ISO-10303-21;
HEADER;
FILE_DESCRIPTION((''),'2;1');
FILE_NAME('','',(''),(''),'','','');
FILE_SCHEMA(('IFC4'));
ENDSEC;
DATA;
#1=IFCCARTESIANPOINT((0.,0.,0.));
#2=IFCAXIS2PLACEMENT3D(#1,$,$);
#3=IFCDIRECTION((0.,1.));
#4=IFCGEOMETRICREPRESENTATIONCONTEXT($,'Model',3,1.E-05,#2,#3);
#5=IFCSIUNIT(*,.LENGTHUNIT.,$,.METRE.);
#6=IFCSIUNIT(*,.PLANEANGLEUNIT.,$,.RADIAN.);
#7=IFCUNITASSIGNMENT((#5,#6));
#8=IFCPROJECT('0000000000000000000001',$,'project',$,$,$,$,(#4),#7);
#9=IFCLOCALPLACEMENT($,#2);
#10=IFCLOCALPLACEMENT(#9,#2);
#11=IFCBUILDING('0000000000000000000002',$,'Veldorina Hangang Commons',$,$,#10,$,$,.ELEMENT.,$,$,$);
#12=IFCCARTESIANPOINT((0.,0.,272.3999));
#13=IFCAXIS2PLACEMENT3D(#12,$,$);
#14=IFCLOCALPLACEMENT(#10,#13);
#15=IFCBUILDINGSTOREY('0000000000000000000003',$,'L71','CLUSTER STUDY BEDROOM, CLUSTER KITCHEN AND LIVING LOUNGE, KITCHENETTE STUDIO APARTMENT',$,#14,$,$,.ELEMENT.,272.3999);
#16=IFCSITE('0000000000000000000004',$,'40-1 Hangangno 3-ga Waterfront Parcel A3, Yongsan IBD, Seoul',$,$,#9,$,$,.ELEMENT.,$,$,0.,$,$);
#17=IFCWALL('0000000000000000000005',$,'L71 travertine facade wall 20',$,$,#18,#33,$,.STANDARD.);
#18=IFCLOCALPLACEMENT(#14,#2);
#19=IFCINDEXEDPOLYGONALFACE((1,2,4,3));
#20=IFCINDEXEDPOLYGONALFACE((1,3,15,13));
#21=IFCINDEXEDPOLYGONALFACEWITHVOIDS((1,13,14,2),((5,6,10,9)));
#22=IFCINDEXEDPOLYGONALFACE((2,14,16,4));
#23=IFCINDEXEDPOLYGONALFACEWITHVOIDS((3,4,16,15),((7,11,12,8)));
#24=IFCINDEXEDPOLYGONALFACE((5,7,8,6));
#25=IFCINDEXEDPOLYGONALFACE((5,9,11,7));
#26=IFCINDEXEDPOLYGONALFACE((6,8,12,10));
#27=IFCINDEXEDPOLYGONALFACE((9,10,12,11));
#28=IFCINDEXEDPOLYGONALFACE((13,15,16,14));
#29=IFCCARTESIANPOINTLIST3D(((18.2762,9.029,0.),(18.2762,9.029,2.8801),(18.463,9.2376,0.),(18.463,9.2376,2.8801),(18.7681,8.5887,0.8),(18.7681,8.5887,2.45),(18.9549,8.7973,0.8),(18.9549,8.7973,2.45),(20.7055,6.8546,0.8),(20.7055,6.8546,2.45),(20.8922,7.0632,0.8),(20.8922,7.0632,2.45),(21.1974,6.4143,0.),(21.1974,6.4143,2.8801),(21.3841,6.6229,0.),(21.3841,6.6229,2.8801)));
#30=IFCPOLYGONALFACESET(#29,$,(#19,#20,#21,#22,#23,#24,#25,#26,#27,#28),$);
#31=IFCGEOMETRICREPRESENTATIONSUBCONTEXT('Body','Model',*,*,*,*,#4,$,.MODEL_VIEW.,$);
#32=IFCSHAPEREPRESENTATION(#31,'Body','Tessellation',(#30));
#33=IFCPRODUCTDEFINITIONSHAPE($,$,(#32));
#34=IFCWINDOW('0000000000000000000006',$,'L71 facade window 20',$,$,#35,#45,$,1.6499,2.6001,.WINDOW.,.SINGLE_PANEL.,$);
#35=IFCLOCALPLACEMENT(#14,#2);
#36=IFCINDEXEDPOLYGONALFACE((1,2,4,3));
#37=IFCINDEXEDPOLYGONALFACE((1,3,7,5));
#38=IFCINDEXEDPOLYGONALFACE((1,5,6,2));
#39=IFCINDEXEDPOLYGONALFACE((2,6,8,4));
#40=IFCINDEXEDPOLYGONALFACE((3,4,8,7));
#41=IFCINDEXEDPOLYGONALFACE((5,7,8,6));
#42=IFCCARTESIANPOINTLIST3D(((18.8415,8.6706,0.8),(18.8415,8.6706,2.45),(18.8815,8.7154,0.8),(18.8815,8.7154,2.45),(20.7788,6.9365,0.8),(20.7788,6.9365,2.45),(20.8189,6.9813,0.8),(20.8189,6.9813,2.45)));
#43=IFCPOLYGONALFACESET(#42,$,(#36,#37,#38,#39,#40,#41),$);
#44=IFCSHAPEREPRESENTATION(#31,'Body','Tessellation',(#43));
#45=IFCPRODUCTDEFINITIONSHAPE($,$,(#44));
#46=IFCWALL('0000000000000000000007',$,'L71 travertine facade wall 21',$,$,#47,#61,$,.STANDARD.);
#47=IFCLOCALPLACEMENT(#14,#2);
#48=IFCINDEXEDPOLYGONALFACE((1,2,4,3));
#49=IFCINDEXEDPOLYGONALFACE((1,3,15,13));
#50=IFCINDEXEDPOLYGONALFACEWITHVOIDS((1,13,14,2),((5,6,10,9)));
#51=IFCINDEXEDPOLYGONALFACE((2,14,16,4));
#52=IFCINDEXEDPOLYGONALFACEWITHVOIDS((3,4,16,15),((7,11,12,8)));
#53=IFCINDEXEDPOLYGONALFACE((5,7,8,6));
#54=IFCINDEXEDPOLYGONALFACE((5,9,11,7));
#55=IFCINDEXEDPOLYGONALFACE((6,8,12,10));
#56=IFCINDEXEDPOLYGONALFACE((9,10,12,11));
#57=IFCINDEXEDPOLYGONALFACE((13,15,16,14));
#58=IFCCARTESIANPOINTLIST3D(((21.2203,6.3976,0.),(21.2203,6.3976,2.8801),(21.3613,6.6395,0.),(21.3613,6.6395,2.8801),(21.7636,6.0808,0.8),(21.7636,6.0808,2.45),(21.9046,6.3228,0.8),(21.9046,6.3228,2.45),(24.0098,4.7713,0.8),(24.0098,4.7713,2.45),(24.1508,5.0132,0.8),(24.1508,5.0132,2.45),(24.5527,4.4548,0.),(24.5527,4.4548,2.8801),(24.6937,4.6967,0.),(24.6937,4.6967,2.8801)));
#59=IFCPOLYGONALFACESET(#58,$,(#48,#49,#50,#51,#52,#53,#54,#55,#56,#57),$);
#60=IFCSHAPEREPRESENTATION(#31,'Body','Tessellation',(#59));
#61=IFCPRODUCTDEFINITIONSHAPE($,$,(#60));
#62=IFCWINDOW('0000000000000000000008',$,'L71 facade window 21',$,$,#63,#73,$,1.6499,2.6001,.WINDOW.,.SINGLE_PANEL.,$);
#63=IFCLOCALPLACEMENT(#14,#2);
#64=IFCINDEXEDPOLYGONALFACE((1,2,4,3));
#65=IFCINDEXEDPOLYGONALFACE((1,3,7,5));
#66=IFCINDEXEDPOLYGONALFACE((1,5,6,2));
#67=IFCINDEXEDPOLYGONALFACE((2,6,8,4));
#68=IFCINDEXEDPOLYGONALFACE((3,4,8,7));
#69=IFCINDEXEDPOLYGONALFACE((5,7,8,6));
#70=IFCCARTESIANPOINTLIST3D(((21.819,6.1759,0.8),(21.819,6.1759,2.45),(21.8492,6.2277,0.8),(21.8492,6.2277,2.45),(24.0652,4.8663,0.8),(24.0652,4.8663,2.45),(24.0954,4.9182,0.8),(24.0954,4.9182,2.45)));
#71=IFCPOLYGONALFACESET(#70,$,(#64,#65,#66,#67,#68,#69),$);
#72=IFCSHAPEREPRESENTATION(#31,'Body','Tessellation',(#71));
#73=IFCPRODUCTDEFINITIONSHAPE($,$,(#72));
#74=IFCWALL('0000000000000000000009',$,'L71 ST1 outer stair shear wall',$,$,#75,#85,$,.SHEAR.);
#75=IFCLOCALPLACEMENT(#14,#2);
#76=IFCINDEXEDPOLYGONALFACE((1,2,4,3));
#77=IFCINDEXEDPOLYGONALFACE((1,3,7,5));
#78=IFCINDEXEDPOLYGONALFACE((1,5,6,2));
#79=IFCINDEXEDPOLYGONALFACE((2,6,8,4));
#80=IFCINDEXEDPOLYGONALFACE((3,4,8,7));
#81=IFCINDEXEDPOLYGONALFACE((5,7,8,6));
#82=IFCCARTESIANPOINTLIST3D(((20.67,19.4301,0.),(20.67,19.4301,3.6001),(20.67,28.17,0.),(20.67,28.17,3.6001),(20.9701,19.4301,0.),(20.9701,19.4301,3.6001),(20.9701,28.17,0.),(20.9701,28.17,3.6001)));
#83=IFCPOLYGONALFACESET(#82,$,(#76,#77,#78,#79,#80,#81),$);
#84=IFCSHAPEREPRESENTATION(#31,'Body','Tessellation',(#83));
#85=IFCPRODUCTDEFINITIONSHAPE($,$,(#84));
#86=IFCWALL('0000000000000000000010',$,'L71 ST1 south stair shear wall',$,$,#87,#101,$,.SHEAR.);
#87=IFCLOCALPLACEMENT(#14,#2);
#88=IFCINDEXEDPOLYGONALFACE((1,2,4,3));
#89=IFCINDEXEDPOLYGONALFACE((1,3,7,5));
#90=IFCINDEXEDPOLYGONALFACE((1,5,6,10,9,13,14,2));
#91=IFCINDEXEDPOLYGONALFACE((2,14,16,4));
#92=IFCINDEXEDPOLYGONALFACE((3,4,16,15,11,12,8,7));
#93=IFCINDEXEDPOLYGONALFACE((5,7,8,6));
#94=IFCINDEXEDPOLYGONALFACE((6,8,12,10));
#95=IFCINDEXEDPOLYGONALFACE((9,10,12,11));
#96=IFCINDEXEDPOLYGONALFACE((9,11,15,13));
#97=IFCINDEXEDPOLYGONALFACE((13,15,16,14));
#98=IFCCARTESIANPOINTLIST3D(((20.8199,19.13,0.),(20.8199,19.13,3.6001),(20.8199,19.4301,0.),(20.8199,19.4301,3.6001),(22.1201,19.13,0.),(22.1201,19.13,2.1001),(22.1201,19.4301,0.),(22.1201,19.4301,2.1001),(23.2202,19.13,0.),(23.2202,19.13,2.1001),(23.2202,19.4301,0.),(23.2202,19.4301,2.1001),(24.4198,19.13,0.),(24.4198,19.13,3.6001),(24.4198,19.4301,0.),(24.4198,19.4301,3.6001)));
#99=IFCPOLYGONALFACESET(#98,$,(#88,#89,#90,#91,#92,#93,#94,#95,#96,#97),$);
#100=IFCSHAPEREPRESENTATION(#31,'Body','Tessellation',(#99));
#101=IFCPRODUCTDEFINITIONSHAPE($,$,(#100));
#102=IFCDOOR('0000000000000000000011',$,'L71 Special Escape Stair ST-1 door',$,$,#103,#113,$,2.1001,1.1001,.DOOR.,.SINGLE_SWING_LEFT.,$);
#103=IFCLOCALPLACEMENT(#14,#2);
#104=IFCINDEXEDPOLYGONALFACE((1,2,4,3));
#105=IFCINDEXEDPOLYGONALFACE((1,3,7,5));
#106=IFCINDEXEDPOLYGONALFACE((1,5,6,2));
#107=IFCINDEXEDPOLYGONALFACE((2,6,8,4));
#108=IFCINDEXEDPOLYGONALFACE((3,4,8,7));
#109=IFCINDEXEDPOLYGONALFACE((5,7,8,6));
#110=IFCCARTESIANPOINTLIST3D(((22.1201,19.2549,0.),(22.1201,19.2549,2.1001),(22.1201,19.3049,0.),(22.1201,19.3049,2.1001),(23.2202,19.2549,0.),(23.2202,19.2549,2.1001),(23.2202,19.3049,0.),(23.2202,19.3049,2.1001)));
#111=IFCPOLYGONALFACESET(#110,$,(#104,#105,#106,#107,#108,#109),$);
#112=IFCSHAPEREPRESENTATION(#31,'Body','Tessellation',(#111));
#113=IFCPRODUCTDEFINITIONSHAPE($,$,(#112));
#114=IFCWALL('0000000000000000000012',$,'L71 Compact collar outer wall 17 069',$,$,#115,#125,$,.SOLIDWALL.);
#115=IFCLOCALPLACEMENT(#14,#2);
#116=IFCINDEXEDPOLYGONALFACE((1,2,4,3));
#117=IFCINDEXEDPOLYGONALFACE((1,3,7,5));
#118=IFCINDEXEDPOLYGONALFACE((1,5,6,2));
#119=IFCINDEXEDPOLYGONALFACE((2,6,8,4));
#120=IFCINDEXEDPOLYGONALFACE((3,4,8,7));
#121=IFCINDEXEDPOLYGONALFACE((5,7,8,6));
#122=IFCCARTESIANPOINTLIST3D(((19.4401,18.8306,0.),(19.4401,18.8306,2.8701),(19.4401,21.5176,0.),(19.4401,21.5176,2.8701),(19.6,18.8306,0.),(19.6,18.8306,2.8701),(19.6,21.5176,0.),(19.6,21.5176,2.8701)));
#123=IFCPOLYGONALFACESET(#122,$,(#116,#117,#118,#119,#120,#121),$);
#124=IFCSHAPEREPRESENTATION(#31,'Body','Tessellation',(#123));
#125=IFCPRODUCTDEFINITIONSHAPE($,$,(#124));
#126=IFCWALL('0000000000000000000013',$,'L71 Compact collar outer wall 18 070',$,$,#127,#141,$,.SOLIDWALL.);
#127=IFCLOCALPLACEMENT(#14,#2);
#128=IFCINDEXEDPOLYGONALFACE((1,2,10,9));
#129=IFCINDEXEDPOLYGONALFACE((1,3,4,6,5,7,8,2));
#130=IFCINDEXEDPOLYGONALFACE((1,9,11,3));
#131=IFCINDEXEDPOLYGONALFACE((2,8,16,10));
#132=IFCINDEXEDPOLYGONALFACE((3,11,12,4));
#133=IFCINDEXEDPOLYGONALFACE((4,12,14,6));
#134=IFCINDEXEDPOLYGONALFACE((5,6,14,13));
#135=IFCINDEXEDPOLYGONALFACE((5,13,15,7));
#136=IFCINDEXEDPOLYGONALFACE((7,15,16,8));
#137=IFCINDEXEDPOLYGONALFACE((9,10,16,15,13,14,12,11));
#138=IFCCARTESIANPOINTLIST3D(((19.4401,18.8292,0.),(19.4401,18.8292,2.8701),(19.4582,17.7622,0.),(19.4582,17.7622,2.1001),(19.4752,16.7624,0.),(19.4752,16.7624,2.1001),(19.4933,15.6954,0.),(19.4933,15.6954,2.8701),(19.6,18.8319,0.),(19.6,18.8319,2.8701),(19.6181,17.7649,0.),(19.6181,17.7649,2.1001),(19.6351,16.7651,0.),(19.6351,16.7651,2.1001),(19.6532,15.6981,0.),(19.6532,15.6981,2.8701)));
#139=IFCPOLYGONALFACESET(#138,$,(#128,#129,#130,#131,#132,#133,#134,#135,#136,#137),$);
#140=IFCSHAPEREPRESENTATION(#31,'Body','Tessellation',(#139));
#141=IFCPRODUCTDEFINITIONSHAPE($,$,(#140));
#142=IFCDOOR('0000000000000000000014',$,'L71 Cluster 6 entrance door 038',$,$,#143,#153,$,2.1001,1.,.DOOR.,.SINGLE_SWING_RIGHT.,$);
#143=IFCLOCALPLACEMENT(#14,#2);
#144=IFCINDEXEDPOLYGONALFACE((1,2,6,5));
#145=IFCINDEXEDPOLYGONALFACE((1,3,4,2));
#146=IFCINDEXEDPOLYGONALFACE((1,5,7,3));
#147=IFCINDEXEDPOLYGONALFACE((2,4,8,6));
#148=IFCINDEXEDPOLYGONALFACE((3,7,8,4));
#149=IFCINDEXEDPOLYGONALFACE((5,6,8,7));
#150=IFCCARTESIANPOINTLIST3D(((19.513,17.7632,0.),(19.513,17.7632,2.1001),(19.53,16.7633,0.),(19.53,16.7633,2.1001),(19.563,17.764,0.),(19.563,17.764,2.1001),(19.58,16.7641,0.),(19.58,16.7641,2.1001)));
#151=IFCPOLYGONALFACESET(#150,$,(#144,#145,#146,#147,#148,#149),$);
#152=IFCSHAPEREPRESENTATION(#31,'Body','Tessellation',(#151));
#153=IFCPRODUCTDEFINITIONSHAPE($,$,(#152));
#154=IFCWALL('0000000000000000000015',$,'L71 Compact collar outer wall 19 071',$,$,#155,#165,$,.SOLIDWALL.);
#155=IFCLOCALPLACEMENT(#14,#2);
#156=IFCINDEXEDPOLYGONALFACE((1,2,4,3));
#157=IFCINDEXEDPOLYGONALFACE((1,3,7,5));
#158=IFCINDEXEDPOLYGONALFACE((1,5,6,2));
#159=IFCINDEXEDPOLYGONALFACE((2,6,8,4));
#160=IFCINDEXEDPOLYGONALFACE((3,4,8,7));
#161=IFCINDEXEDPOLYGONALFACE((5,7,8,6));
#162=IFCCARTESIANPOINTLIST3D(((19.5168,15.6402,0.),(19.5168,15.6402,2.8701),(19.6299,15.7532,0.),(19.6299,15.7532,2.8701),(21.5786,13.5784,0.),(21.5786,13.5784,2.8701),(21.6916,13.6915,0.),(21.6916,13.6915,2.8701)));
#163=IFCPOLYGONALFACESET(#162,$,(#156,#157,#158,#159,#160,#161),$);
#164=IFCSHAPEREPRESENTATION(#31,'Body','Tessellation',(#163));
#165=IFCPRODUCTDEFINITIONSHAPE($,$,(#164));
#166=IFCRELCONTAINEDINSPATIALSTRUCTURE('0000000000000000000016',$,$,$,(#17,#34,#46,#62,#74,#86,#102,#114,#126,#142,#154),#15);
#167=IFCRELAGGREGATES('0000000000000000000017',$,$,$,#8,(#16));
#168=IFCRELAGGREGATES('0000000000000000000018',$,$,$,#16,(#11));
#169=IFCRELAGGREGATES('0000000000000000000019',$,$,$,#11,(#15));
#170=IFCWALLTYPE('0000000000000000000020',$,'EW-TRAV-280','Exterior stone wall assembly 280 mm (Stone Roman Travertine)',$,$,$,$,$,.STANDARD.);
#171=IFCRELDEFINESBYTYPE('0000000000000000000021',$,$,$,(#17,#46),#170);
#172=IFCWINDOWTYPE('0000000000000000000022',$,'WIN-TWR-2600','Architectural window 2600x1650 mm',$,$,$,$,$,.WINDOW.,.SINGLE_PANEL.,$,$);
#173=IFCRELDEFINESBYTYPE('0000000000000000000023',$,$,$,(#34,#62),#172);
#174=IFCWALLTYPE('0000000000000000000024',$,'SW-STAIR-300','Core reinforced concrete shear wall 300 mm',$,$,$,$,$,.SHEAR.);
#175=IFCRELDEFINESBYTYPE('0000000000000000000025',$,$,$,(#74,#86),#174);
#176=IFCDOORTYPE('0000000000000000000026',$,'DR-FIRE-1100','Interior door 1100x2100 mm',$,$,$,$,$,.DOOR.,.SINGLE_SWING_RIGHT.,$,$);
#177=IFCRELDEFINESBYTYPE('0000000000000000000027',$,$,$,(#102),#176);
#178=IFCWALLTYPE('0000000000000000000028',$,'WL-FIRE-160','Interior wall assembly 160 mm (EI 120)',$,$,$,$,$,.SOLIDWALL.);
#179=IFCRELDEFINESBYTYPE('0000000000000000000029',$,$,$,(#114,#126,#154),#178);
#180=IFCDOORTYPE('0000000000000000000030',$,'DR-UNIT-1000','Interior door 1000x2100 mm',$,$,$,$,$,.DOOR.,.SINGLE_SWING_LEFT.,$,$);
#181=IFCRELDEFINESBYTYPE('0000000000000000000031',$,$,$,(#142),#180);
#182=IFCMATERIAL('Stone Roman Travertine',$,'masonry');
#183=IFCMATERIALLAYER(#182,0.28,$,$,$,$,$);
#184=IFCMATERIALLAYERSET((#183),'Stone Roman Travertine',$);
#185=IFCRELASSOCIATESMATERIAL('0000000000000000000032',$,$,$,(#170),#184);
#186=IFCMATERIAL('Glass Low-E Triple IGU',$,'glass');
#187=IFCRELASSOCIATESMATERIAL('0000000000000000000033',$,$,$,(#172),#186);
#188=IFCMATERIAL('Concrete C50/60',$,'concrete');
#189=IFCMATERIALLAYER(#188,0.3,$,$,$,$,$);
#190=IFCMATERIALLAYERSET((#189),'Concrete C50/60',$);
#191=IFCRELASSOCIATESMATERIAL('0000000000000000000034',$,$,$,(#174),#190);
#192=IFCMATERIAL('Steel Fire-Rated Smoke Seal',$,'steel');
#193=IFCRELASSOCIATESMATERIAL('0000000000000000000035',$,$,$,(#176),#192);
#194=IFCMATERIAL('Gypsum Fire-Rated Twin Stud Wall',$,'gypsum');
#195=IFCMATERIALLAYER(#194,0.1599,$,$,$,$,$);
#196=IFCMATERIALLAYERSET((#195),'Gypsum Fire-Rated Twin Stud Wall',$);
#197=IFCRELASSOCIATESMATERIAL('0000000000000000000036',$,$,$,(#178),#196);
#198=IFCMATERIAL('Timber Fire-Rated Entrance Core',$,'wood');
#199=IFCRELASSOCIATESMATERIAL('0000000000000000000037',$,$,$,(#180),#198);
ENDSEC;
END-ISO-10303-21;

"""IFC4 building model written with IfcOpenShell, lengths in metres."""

from ifc_helpers import new_model, si_unit, direction, frame, frame_2d, origin, place, context, subcontext, project, spatial, rectangle, extrude, material, layer, layer_set, type_object, element, fill, save


model = new_model("IFC4")

# Units and contexts
model_context = context("Model", 3, precision=1e-05, world=origin(), true_north=direction((0.0, 1.0)))
body_context = subcontext(model_context, "Body", "Model", "MODEL_VIEW")
ifc_project = project(units=[si_unit("LENGTHUNIT", "METRE"), si_unit("PLANEANGLEUNIT", "RADIAN")], contexts=[model_context])

# Site, building, storey
site_placement = place(None, origin())
site = spatial("IfcSite", under=ifc_project, at=site_placement, Name="40-1 Hangangno 3-ga Waterfront Parcel A3, Yongsan IBD, Seoul", CompositionType="ELEMENT", RefElevation=0.0)
building_placement = place(site_placement, origin())
building = spatial("IfcBuilding", under=site, at=building_placement, Name="Veldorina Hangang Commons", CompositionType="ELEMENT")
storey_placement = place(building_placement, frame((0.0, 0.0, 272.3999)))
storey = spatial("IfcBuildingStorey", under=building, at=storey_placement, Name="L71", Description="CLUSTER STUDY BEDROOM, CLUSTER KITCHEN AND LIVING LOUNGE, KITCHENETTE STUDIO APARTMENT", CompositionType="ELEMENT", Elevation=272.3999)

# Shared definitions
ifc_material_1 = material(Name="Stone Roman Travertine", Category="masonry")
ifc_layer_1 = layer(ifc_material_1, 0.28)
ifc_layer_set_1 = layer_set([ifc_layer_1], Name="Stone Roman Travertine")
wall_type_1 = type_object("IfcWallType", Name="EW-TRAV-280", Description="Exterior stone wall assembly 280 mm (Stone Roman Travertine)", PredefinedType="STANDARD", material=ifc_layer_set_1)

# Walls, openings, windows
wall_1_placement = place(storey_placement, frame((18.3696, 9.1333, 0.0), z_axis=(0.0, 0.0, 1.0), x_axis=(0.745103, -0.66695, 0.0)))
wall_1 = element("IfcWall", 1, at=wall_1_placement, inside=storey, type_object=wall_type_1, Name="L71 travertine facade wall 20", PredefinedType="STANDARD", context=body_context, shape_type="SweptSolid", body=[
    extrude(rectangle(XDim=3.9204, YDim=0.28, at=frame_2d((1.9602, 0.0))), origin(), (0.0, 0.0, 1.0), 2.8801),
])
opening_1_placement = place(wall_1_placement, frame((0.6602, 0.0, 0.8)))
opening_1 = element("IfcOpeningElement", 2, at=opening_1_placement, cuts=wall_1, PredefinedType="OPENING", context=body_context, shape_type="SweptSolid", body=[
    extrude(rectangle(XDim=2.6001, YDim=1.6499, at=frame_2d((1.3, 0.825))), frame((0.0, 0.1499, 0.0), z_axis=(0.0, -1.0, 0.0), x_axis=(1.0, 0.0, 0.0)), (0.0, 0.0, 1.0), 0.3),
])
ifc_material_2 = material(Name="Glass Low-E Triple IGU", Category="glass")
window_type = type_object("IfcWindowType", Name="WIN-TWR-2600", Description="Architectural window 2600x1650 mm", PartitioningType="SINGLE_PANEL", PredefinedType="WINDOW", material=ifc_material_2)
window_1_placement = place(opening_1_placement, origin())
window_1 = element("IfcWindow", 3, at=window_1_placement, inside=storey, type_object=window_type, Name="L71 facade window 20", OverallHeight=1.6499, OverallWidth=2.6001, PartitioningType="SINGLE_PANEL", PredefinedType="WINDOW", context=body_context, shape_type="SweptSolid", body=[
    extrude(rectangle(XDim=2.6001, YDim=1.6499, at=frame_2d((1.3, 0.825))), frame((0.0, 0.03, 0.0), z_axis=(0.0, -1.0, 0.0), x_axis=(1.0, 0.0, 0.0)), (0.0, 0.0, 1.0), 0.0601),
])
fill(opening_1, window_1)
wall_2_placement = place(storey_placement, frame((21.2908, 6.5186, 0.0), z_axis=(0.0, 0.0, 1.0), x_axis=(0.863903, -0.503659, 0.0)))
wall_2 = element("IfcWall", 4, at=wall_2_placement, inside=storey, type_object=wall_type_1, Name="L71 travertine facade wall 21", PredefinedType="STANDARD", context=body_context, shape_type="SweptSolid", body=[
    extrude(rectangle(XDim=3.8574, YDim=0.28, at=frame_2d((1.9287, 0.0))), origin(), (0.0, 0.0, 1.0), 2.8801),
])
opening_2_placement = place(wall_2_placement, frame((0.6289, 0.0, 0.8)))
opening_2 = element("IfcOpeningElement", 5, at=opening_2_placement, cuts=wall_2, PredefinedType="OPENING", context=body_context, shape_type="SweptSolid", body=[
    extrude(rectangle(XDim=2.6001, YDim=1.6499, at=frame_2d((1.3, 0.825))), frame((0.0, 0.1499, 0.0), z_axis=(0.0, -1.0, 0.0), x_axis=(1.0, 0.0, 0.0)), (0.0, 0.0, 1.0), 0.3),
])
window_2_placement = place(opening_2_placement, origin())
window_2 = element("IfcWindow", 6, at=window_2_placement, inside=storey, type_object=window_type, Name="L71 facade window 21", OverallHeight=1.6499, OverallWidth=2.6001, PartitioningType="SINGLE_PANEL", PredefinedType="WINDOW", context=body_context, shape_type="SweptSolid", body=[
    extrude(rectangle(XDim=2.6001, YDim=1.6499, at=frame_2d((1.3, 0.825))), frame((0.0, 0.03, 0.0), z_axis=(0.0, -1.0, 0.0), x_axis=(1.0, 0.0, 0.0)), (0.0, 0.0, 1.0), 0.0601),
])
fill(opening_2, window_2)

# Wall
ifc_material_3 = material(Name="Concrete C50/60", Category="concrete")
ifc_layer_2 = layer(ifc_material_3, 0.3)
ifc_layer_set_2 = layer_set([ifc_layer_2], Name="Concrete C50/60")
wall_type_2 = type_object("IfcWallType", Name="SW-STAIR-300", Description="Core reinforced concrete shear wall 300 mm", PredefinedType="SHEAR", material=ifc_layer_set_2)
wall_3_placement = place(storey_placement, frame((20.8201, 19.4299, 0.0), z_axis=(0.0, 0.0, 1.0), x_axis=(0.0, 1.0, 0.0)))
element("IfcWall", 7, at=wall_3_placement, inside=storey, type_object=wall_type_2, Name="L71 ST1 outer stair shear wall", PredefinedType="SHEAR", context=body_context, shape_type="SweptSolid", body=[
    extrude(rectangle(XDim=8.74, YDim=0.3, at=frame_2d((4.3701, 0.0))), origin(), (0.0, 0.0, 1.0), 3.6001),
])

# Wall, opening, door
wall_4_placement = place(storey_placement, frame((20.8201, 19.28, 0.0), z_axis=(0.0, 0.0, 1.0), x_axis=(1.0, 0.0, 0.0)))
wall_4 = element("IfcWall", 8, at=wall_4_placement, inside=storey, type_object=wall_type_2, Name="L71 ST1 south stair shear wall", PredefinedType="SHEAR", context=body_context, shape_type="SweptSolid", body=[
    extrude(rectangle(XDim=3.5999, YDim=0.3, at=frame_2d((1.7998, 0.0))), origin(), (0.0, 0.0, 1.0), 3.6001),
])
opening_3_placement = place(wall_4_placement, frame((1.3, 0.0, 0.0)))
opening_3 = element("IfcOpeningElement", 9, at=opening_3_placement, cuts=wall_4, PredefinedType="OPENING", context=body_context, shape_type="SweptSolid", body=[
    extrude(rectangle(XDim=1.1001, YDim=2.1001, at=frame_2d((0.55, 1.05))), frame((0.0, 0.1602, 0.0), z_axis=(0.0, -1.0, 0.0), x_axis=(1.0, 0.0, 0.0)), (0.0, 0.0, 1.0), 0.3201),
])
ifc_material_4 = material(Name="Steel Fire-Rated Smoke Seal", Category="steel")
door_type_1 = type_object("IfcDoorType", Name="DR-FIRE-1100", Description="Interior door 1100x2100 mm", OperationType="SINGLE_SWING_RIGHT", PredefinedType="DOOR", material=ifc_material_4)
door_1_placement = place(opening_3_placement, origin())
door_1 = element("IfcDoor", 10, at=door_1_placement, inside=storey, type_object=door_type_1, Name="L71 Special Escape Stair ST-1 door", OperationType="SINGLE_SWING_LEFT", OverallHeight=2.1001, OverallWidth=1.1001, PredefinedType="DOOR", context=body_context, shape_type="SweptSolid", body=[
    extrude(rectangle(XDim=1.1001, YDim=2.1001, at=frame_2d((0.55, 1.05))), frame((0.0, 0.0249, 0.0), z_axis=(0.0, -1.0, 0.0), x_axis=(1.0, 0.0, 0.0)), (0.0, 0.0, 1.0), 0.05),
])
fill(opening_3, door_1)

# Wall
ifc_material_5 = material(Name="Gypsum Fire-Rated Twin Stud Wall", Category="gypsum")
ifc_layer_3 = layer(ifc_material_5, 0.1599)
ifc_layer_set_3 = layer_set([ifc_layer_3], Name="Gypsum Fire-Rated Twin Stud Wall")
wall_type_3 = type_object("IfcWallType", Name="WL-FIRE-160", Description="Interior wall assembly 160 mm (EI 120)", PredefinedType="SOLIDWALL", material=ifc_layer_set_3)
wall_5_placement = place(storey_placement, frame((19.52, 21.5176, 0.0), z_axis=(0.0, 0.0, 1.0), x_axis=(0.0, -1.0, 0.0)))
element("IfcWall", 11, at=wall_5_placement, inside=storey, type_object=wall_type_3, Name="L71 Compact collar outer wall 17 069", PredefinedType="SOLIDWALL", context=body_context, shape_type="SweptSolid", body=[
    extrude(rectangle(XDim=2.687, YDim=0.1599, at=frame_2d((1.3435, 0.0))), origin(), (0.0, 0.0, 1.0), 2.8701),
])

# Wall, opening, door
wall_6_placement = place(storey_placement, frame((19.52, 18.8306, 0.0), z_axis=(0.0, 0.0, 1.0), x_axis=(0.016981, -0.999856, 0.0)))
wall_6 = element("IfcWall", 12, at=wall_6_placement, inside=storey, type_object=wall_type_3, Name="L71 Compact collar outer wall 18 070", PredefinedType="SOLIDWALL", context=body_context, shape_type="SweptSolid", body=[
    extrude(rectangle(XDim=3.1343, YDim=0.1599, at=frame_2d((1.5671, 0.0))), origin(), (0.0, 0.0, 1.0), 2.8701),
])
opening_4_placement = place(wall_6_placement, frame((1.0671, 0.0, 0.0)))
opening_4 = element("IfcOpeningElement", 13, at=opening_4_placement, cuts=wall_6, PredefinedType="OPENING", context=body_context, shape_type="SweptSolid", body=[
    extrude(rectangle(XDim=1.0, YDim=2.1001, at=frame_2d((0.5, 1.05))), frame((0.0, 0.0898, 0.0), z_axis=(0.0, -1.0, 0.0), x_axis=(1.0, 0.0, 0.0)), (0.0, 0.0, 1.0), 0.1799),
])
ifc_material_6 = material(Name="Timber Fire-Rated Entrance Core", Category="wood")
door_type_2 = type_object("IfcDoorType", Name="DR-UNIT-1000", Description="Interior door 1000x2100 mm", OperationType="SINGLE_SWING_LEFT", PredefinedType="DOOR", material=ifc_material_6)
door_2_placement = place(opening_4_placement, origin())
door_2 = element("IfcDoor", 14, at=door_2_placement, inside=storey, type_object=door_type_2, Name="L71 Cluster 6 entrance door 038", OperationType="SINGLE_SWING_RIGHT", OverallHeight=2.1001, OverallWidth=1.0, PredefinedType="DOOR", context=body_context, shape_type="SweptSolid", body=[
    extrude(rectangle(XDim=1.0, YDim=2.1001, at=frame_2d((0.5, 1.05))), frame((0.0, 0.0249, 0.0), z_axis=(0.0, -1.0, 0.0), x_axis=(1.0, 0.0, 0.0)), (0.0, 0.0, 1.0), 0.05),
])
fill(opening_4, door_2)

# Wall
wall_7_placement = place(storey_placement, frame((19.5732, 15.6968, 0.0), z_axis=(0.0, 0.0, 1.0), x_axis=(0.707107, -0.707107, 0.0)))
element("IfcWall", 15, at=wall_7_placement, inside=storey, type_object=wall_type_3, Name="L71 Compact collar outer wall 19 071", PredefinedType="SOLIDWALL", context=body_context, shape_type="SweptSolid", body=[
    extrude(rectangle(XDim=2.9158, YDim=0.1599, at=frame_2d((1.458, 0.0))), origin(), (0.0, 0.0, 1.0), 2.8701),
])

save(model, "model.ifc")
